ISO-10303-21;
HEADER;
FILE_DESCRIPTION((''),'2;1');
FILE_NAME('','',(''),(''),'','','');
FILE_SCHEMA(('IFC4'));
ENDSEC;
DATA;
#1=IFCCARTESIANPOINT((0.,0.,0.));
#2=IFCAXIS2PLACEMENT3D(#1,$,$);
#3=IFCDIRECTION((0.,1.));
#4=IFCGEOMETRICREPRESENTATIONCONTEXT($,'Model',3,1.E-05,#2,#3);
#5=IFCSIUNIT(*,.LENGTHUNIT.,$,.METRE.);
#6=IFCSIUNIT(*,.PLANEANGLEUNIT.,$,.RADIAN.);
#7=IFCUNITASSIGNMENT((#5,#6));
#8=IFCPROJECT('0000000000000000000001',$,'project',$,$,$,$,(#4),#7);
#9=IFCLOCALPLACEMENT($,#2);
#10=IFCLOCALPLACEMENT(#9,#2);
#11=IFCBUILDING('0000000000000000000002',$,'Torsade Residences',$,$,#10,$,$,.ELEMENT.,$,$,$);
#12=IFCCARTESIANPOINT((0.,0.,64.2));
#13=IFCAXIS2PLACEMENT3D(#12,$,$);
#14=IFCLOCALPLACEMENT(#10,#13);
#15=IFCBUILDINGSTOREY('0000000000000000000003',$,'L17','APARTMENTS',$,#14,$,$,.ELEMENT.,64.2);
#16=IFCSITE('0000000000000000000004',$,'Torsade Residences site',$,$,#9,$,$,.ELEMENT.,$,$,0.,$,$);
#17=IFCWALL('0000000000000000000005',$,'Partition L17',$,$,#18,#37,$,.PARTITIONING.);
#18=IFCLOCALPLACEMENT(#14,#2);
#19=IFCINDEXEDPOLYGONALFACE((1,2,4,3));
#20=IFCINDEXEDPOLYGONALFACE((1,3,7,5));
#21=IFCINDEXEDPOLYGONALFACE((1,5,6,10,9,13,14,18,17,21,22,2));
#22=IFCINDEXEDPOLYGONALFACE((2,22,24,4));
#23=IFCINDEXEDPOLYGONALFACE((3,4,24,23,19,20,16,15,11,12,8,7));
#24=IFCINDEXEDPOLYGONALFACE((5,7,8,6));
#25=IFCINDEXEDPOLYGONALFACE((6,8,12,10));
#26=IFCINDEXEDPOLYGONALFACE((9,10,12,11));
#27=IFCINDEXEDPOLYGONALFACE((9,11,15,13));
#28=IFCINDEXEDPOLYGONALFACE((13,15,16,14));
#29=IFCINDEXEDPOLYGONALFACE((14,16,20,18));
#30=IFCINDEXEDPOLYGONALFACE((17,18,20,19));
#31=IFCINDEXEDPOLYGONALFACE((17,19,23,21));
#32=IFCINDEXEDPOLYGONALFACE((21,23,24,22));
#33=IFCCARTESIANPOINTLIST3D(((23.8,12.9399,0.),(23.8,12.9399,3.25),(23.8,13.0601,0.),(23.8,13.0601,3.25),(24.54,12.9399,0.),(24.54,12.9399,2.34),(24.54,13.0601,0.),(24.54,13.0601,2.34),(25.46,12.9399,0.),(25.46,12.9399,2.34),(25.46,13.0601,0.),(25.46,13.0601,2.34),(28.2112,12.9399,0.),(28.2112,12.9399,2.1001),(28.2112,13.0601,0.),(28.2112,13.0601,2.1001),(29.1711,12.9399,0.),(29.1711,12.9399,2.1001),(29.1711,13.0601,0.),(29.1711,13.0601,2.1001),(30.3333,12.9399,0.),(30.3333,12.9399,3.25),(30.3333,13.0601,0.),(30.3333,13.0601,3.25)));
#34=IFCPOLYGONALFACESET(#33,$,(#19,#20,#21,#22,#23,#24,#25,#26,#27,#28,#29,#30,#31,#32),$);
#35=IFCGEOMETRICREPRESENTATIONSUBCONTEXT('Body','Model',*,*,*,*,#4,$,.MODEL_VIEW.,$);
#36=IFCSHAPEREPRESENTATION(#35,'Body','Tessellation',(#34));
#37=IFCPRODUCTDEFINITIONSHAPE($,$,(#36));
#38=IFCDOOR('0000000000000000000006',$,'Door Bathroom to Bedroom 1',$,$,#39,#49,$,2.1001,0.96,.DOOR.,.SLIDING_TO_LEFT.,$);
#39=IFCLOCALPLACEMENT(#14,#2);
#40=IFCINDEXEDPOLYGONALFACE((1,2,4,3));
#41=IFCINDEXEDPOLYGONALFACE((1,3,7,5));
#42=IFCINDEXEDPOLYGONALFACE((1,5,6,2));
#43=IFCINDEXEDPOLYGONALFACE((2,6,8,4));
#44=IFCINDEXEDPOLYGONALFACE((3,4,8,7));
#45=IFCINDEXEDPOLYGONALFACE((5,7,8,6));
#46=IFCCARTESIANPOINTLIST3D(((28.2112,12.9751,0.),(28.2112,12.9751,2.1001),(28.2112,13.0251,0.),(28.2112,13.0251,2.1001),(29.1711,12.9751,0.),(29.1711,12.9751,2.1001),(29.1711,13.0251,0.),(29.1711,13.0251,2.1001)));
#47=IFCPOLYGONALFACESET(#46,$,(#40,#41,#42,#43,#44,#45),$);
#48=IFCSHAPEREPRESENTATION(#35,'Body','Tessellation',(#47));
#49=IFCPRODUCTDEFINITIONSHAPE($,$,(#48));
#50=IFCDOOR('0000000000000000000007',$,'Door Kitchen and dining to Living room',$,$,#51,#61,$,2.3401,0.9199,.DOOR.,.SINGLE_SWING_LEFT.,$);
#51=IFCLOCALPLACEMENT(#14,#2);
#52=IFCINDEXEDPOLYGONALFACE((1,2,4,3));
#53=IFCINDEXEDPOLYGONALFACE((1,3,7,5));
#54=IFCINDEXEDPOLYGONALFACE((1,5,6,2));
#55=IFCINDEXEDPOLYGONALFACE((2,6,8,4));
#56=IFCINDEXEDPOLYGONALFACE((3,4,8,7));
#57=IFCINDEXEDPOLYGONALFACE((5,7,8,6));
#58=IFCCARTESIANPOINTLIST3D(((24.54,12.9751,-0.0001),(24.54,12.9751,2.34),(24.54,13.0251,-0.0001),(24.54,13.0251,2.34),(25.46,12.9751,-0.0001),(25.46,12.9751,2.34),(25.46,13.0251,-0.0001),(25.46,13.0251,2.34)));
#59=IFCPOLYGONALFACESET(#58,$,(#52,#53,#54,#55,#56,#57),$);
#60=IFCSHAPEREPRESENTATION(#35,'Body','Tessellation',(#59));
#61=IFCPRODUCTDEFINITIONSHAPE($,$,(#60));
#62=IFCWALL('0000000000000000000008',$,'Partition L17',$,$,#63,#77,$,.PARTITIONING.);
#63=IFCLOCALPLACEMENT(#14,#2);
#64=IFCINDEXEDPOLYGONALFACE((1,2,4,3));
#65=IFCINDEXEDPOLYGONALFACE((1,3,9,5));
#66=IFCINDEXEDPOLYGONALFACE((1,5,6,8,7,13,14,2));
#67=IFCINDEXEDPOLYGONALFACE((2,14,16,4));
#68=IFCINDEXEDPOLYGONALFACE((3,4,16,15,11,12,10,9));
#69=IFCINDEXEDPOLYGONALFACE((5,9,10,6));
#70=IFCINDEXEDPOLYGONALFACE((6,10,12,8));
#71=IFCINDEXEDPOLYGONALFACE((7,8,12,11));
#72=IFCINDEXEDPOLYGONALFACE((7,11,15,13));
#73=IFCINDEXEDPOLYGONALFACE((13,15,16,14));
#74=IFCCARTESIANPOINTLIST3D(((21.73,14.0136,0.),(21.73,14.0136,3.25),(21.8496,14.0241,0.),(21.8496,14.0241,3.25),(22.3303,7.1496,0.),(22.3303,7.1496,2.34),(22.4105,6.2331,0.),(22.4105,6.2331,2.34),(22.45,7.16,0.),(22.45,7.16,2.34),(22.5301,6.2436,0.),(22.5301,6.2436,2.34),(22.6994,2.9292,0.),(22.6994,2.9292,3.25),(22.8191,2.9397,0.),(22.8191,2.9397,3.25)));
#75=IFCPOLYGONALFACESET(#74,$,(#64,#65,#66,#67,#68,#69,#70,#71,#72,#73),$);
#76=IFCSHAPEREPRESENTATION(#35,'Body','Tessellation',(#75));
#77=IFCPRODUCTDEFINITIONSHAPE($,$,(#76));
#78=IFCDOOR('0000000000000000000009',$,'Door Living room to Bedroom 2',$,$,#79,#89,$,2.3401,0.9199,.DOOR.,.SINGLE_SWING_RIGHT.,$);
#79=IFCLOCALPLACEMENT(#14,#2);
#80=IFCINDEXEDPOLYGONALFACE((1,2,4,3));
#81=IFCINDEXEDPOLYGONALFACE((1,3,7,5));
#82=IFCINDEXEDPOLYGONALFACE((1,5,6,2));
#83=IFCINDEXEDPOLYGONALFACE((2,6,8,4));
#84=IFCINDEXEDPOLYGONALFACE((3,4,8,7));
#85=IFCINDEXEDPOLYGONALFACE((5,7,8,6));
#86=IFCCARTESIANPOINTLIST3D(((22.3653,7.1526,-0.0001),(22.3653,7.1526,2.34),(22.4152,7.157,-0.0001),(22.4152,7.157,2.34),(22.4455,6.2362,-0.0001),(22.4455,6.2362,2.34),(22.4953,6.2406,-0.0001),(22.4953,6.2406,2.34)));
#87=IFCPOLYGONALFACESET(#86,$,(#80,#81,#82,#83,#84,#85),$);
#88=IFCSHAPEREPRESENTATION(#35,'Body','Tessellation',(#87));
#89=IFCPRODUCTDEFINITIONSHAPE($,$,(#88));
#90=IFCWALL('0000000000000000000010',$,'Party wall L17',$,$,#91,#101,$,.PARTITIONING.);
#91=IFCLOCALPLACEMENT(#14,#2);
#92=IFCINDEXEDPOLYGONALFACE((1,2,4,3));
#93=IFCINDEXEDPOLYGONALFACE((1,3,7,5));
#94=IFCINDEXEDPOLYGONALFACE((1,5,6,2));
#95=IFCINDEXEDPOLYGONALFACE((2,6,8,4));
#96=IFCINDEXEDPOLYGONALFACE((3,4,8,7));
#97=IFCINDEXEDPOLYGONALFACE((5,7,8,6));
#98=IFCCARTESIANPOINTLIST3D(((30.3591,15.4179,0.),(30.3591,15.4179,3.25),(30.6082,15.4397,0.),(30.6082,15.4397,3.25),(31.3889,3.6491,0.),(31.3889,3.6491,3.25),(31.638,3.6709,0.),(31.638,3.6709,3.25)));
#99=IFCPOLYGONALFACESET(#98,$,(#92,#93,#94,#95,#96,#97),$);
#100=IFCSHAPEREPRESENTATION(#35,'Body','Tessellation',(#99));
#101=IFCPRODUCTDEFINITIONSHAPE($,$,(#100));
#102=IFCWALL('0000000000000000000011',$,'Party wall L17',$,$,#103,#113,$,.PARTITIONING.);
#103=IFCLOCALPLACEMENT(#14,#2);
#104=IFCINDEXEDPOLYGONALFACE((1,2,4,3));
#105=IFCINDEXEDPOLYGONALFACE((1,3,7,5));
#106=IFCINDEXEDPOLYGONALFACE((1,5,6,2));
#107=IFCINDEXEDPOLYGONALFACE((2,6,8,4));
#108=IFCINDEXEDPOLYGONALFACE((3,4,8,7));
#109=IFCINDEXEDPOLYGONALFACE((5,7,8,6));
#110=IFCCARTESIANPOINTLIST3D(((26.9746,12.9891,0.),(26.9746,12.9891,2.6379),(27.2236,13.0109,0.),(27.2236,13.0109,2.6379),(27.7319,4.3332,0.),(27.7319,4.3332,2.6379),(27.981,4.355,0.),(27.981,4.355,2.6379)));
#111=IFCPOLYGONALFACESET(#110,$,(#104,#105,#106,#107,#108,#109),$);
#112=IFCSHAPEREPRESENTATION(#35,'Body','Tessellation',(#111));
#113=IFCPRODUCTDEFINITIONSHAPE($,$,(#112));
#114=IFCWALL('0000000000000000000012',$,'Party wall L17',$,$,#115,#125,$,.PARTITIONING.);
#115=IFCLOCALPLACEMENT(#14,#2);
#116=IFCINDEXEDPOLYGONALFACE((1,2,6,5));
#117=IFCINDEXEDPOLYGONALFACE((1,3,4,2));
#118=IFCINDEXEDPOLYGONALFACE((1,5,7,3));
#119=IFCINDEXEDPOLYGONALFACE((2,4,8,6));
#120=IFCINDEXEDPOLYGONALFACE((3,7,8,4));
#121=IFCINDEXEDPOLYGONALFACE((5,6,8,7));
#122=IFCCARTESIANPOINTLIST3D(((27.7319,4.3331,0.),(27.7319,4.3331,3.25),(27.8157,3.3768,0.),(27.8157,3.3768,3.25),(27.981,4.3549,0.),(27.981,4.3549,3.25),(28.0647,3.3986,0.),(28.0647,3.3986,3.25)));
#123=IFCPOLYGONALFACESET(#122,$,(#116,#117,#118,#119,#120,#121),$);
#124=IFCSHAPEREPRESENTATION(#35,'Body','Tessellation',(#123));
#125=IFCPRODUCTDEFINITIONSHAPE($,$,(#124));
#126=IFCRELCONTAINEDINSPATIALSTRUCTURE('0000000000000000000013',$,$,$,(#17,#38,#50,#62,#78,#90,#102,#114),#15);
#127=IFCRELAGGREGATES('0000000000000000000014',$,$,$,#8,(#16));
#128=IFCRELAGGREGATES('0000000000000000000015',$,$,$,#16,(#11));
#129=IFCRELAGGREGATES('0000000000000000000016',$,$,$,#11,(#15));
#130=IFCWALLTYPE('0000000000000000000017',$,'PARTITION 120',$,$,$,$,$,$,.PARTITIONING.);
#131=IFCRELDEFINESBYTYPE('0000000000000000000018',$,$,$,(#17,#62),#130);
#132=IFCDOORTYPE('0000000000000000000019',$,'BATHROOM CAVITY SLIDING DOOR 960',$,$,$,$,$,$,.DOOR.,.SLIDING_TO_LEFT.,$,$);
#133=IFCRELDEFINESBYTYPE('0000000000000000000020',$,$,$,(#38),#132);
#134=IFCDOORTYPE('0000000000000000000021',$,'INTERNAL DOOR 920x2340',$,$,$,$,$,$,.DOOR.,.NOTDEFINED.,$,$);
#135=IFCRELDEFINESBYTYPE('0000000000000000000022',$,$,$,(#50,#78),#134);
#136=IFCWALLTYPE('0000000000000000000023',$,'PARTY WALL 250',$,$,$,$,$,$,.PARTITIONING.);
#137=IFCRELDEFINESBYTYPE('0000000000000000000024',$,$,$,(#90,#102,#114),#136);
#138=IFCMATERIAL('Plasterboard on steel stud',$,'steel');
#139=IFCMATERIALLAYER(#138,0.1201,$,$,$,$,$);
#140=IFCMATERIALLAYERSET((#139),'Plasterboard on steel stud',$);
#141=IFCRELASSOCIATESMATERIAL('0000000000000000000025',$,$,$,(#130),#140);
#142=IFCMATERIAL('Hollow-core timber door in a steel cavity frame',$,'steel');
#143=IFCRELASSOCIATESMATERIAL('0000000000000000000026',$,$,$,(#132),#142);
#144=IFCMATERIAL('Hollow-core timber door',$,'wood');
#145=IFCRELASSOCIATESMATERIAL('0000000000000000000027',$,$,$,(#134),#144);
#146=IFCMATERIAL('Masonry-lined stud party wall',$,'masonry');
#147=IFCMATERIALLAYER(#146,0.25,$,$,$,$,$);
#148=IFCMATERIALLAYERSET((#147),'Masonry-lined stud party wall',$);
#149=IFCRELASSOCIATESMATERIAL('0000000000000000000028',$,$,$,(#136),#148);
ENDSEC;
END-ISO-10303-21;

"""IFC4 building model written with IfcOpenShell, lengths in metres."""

from ifc_helpers import new_model, si_unit, direction, frame, frame_2d, origin, place, context, subcontext, project, spatial, rectangle, extrude, material, layer, layer_set, type_object, element, fill, save


model = new_model("IFC4")

# Units and contexts
model_context = context("Model", 3, precision=1e-05, world=origin(), true_north=direction((0.0, 1.0)))
body_context = subcontext(model_context, "Body", "Model", "MODEL_VIEW")
ifc_project = project(units=[si_unit("LENGTHUNIT", "METRE"), si_unit("PLANEANGLEUNIT", "RADIAN")], contexts=[model_context])

# Site, building, storey
site_placement = place(None, origin())
site = spatial("IfcSite", under=ifc_project, at=site_placement, Name="Torsade Residences site", CompositionType="ELEMENT", RefElevation=0.0)
building_placement = place(site_placement, origin())
building = spatial("IfcBuilding", under=site, at=building_placement, Name="Torsade Residences", CompositionType="ELEMENT")
storey_placement = place(building_placement, frame((0.0, 0.0, 64.2)))
storey = spatial("IfcBuildingStorey", under=building, at=storey_placement, Name="L17", Description="APARTMENTS", CompositionType="ELEMENT", Elevation=64.2)

# Wall, openings, doors
ifc_material_1 = material(Name="Plasterboard on steel stud", Category="steel")
ifc_layer_1 = layer(ifc_material_1, 0.1201)
ifc_layer_set_1 = layer_set([ifc_layer_1], Name="Plasterboard on steel stud")
wall_type_1 = type_object("IfcWallType", Name="PARTITION 120", PredefinedType="PARTITIONING", material=ifc_layer_set_1)
ifc_material_2 = material(Name="Hollow-core timber door in a steel cavity frame", Category="steel")
door_type_1 = type_object("IfcDoorType", Name="BATHROOM CAVITY SLIDING DOOR 960", OperationType="SLIDING_TO_LEFT", PredefinedType="DOOR", material=ifc_material_2)
ifc_material_3 = material(Name="Hollow-core timber door", Category="wood")
door_type_2 = type_object("IfcDoorType", Name="INTERNAL DOOR 920x2340", OperationType="NOTDEFINED", PredefinedType="DOOR", material=ifc_material_3)
wall_1_placement = place(storey_placement, frame((30.3333, 13.0, 0.0), z_axis=(0.0, 0.0, 1.0), x_axis=(-1.0, 0.0, 0.0)))
wall_1 = element("IfcWall", 1, at=wall_1_placement, inside=storey, type_object=wall_type_1, Name="Partition L17", PredefinedType="PARTITIONING", context=body_context, shape_type="SweptSolid", body=[
    extrude(rectangle(XDim=6.5332, YDim=0.1201, at=frame_2d((3.2666, 0.0))), origin(), (0.0, 0.0, 1.0), 3.25),
])
opening_1_placement = place(wall_1_placement, frame((4.8733, 0.0, 0.0)))
opening_1 = element("IfcOpeningElement", 2, at=opening_1_placement, cuts=wall_1, PredefinedType="OPENING", context=body_context, shape_type="SweptSolid", body=[
    extrude(rectangle(XDim=0.9199, YDim=2.3401, at=frame_2d((0.46, 1.1699))), frame((0.0, 0.0701, 0.0), z_axis=(0.0, -1.0, 0.0), x_axis=(1.0, 0.0, 0.0)), (0.0, 0.0, 1.0), 0.1401),
])
opening_2_placement = place(wall_1_placement, frame((1.1621, 0.0, 0.0)))
opening_2 = element("IfcOpeningElement", 3, at=opening_2_placement, cuts=wall_1, PredefinedType="OPENING", context=body_context, shape_type="SweptSolid", body=[
    extrude(rectangle(XDim=0.96, YDim=2.1001, at=frame_2d((0.48, 1.05))), frame((0.0, 0.0701, 0.0), z_axis=(0.0, -1.0, 0.0), x_axis=(1.0, 0.0, 0.0)), (0.0, 0.0, 1.0), 0.1401),
])
door_1_placement = place(opening_2_placement, origin())
door_1 = element("IfcDoor", 4, at=door_1_placement, inside=storey, type_object=door_type_1, Name="Door Bathroom to Bedroom 1", OperationType="SLIDING_TO_LEFT", OverallHeight=2.1001, OverallWidth=0.96, PredefinedType="DOOR", context=body_context, shape_type="SweptSolid", body=[
    extrude(rectangle(XDim=0.96, YDim=2.1001, at=frame_2d((0.48, 1.05))), frame((0.0, 0.0249, 0.0), z_axis=(0.0, -1.0, 0.0), x_axis=(1.0, 0.0, 0.0)), (0.0, 0.0, 1.0), 0.05),
])
fill(opening_2, door_1)
door_2_placement = place(opening_1_placement, origin())
door_2 = element("IfcDoor", 5, at=door_2_placement, inside=storey, type_object=door_type_2, Name="Door Kitchen and dining to Living room", OperationType="SINGLE_SWING_LEFT", OverallHeight=2.3401, OverallWidth=0.9199, PredefinedType="DOOR", context=body_context, shape_type="SweptSolid", body=[
    extrude(rectangle(XDim=0.9199, YDim=2.3401, at=frame_2d((0.46, 1.1699))), frame((0.0, 0.0249, 0.0), z_axis=(0.0, -1.0, 0.0), x_axis=(1.0, 0.0, 0.0)), (0.0, 0.0, 1.0), 0.05),
])
fill(opening_1, door_2)

# Wall, opening, door
wall_2_placement = place(storey_placement, frame((22.7593, 2.9343, 0.0), z_axis=(0.0, 0.0, 1.0), x_axis=(-0.08713, 0.996197, 0.0)))
wall_2 = element("IfcWall", 6, at=wall_2_placement, inside=storey, type_object=wall_type_1, Name="Partition L17", PredefinedType="PARTITIONING", context=body_context, shape_type="SweptSolid", body=[
    extrude(rectangle(XDim=11.1267, YDim=0.1201, at=frame_2d((5.5635, 0.0))), origin(), (0.0, 0.0, 1.0), 3.25),
])
opening_3_placement = place(wall_2_placement, frame((3.3167, 0.0, 0.0)))
opening_3 = element("IfcOpeningElement", 7, at=opening_3_placement, cuts=wall_2, PredefinedType="OPENING", context=body_context, shape_type="SweptSolid", body=[
    extrude(rectangle(XDim=0.9199, YDim=2.3401, at=frame_2d((0.46, 1.1699))), frame((0.0, 0.0701, 0.0), z_axis=(0.0, -1.0, 0.0), x_axis=(1.0, 0.0, 0.0)), (0.0, 0.0, 1.0), 0.1401),
])
door_3_placement = place(opening_3_placement, origin())
door_3 = element("IfcDoor", 8, at=door_3_placement, inside=storey, type_object=door_type_2, Name="Door Living room to Bedroom 2", OperationType="SINGLE_SWING_RIGHT", OverallHeight=2.3401, OverallWidth=0.9199, PredefinedType="DOOR", context=body_context, shape_type="SweptSolid", body=[
    extrude(rectangle(XDim=0.9199, YDim=2.3401, at=frame_2d((0.46, 1.1699))), frame((0.0, 0.0249, 0.0), z_axis=(0.0, -1.0, 0.0), x_axis=(1.0, 0.0, 0.0)), (0.0, 0.0, 1.0), 0.05),
])
fill(opening_3, door_3)

# Walls
ifc_material_4 = material(Name="Masonry-lined stud party wall", Category="masonry")
ifc_layer_2 = layer(ifc_material_4, 0.25)
ifc_layer_set_2 = layer_set([ifc_layer_2], Name="Masonry-lined stud party wall")
wall_type_2 = type_object("IfcWallType", Name="PARTY WALL 250", PredefinedType="PARTITIONING", material=ifc_layer_set_2)
wall_3_placement = place(storey_placement, frame((31.5134, 3.6602, 0.0), z_axis=(0.0, 0.0, 1.0), x_axis=(-0.087168, 0.996194, 0.0)))
element("IfcWall", 9, at=wall_3_placement, inside=storey, type_object=wall_type_2, Name="Party wall L17", PredefinedType="PARTITIONING", context=body_context, shape_type="SweptSolid", body=[
    extrude(rectangle(XDim=11.8137, YDim=0.25, at=frame_2d((5.9067, 0.0))), origin(), (0.0, 0.0, 1.0), 3.25),
])
wall_4_placement = place(storey_placement, frame((27.0991, 13.0, 0.0), z_axis=(0.0, 0.0, 1.0), x_axis=(0.087158, -0.996194, 0.0)))
element("IfcWall", 10, at=wall_4_placement, inside=storey, type_object=wall_type_2, Name="Party wall L17", PredefinedType="PARTITIONING", context=body_context, shape_type="SweptSolid", body=[
    extrude(rectangle(XDim=8.689, YDim=0.25, at=frame_2d((4.3445, 0.0))), origin(), (0.0, 0.0, 1.0), 2.6379),
])
wall_5_placement = place(storey_placement, frame((27.8564, 4.344, 0.0), z_axis=(0.0, 0.0, 1.0), x_axis=(0.087233, -0.996188, 0.0)))
element("IfcWall", 11, at=wall_5_placement, inside=storey, type_object=wall_type_2, Name="Party wall L17", PredefinedType="PARTITIONING", context=body_context, shape_type="SweptSolid", body=[
    extrude(rectangle(XDim=0.96, YDim=0.25, at=frame_2d((0.48, 0.0))), origin(), (0.0, 0.0, 1.0), 3.25),
])

save(model, "model.ifc")
